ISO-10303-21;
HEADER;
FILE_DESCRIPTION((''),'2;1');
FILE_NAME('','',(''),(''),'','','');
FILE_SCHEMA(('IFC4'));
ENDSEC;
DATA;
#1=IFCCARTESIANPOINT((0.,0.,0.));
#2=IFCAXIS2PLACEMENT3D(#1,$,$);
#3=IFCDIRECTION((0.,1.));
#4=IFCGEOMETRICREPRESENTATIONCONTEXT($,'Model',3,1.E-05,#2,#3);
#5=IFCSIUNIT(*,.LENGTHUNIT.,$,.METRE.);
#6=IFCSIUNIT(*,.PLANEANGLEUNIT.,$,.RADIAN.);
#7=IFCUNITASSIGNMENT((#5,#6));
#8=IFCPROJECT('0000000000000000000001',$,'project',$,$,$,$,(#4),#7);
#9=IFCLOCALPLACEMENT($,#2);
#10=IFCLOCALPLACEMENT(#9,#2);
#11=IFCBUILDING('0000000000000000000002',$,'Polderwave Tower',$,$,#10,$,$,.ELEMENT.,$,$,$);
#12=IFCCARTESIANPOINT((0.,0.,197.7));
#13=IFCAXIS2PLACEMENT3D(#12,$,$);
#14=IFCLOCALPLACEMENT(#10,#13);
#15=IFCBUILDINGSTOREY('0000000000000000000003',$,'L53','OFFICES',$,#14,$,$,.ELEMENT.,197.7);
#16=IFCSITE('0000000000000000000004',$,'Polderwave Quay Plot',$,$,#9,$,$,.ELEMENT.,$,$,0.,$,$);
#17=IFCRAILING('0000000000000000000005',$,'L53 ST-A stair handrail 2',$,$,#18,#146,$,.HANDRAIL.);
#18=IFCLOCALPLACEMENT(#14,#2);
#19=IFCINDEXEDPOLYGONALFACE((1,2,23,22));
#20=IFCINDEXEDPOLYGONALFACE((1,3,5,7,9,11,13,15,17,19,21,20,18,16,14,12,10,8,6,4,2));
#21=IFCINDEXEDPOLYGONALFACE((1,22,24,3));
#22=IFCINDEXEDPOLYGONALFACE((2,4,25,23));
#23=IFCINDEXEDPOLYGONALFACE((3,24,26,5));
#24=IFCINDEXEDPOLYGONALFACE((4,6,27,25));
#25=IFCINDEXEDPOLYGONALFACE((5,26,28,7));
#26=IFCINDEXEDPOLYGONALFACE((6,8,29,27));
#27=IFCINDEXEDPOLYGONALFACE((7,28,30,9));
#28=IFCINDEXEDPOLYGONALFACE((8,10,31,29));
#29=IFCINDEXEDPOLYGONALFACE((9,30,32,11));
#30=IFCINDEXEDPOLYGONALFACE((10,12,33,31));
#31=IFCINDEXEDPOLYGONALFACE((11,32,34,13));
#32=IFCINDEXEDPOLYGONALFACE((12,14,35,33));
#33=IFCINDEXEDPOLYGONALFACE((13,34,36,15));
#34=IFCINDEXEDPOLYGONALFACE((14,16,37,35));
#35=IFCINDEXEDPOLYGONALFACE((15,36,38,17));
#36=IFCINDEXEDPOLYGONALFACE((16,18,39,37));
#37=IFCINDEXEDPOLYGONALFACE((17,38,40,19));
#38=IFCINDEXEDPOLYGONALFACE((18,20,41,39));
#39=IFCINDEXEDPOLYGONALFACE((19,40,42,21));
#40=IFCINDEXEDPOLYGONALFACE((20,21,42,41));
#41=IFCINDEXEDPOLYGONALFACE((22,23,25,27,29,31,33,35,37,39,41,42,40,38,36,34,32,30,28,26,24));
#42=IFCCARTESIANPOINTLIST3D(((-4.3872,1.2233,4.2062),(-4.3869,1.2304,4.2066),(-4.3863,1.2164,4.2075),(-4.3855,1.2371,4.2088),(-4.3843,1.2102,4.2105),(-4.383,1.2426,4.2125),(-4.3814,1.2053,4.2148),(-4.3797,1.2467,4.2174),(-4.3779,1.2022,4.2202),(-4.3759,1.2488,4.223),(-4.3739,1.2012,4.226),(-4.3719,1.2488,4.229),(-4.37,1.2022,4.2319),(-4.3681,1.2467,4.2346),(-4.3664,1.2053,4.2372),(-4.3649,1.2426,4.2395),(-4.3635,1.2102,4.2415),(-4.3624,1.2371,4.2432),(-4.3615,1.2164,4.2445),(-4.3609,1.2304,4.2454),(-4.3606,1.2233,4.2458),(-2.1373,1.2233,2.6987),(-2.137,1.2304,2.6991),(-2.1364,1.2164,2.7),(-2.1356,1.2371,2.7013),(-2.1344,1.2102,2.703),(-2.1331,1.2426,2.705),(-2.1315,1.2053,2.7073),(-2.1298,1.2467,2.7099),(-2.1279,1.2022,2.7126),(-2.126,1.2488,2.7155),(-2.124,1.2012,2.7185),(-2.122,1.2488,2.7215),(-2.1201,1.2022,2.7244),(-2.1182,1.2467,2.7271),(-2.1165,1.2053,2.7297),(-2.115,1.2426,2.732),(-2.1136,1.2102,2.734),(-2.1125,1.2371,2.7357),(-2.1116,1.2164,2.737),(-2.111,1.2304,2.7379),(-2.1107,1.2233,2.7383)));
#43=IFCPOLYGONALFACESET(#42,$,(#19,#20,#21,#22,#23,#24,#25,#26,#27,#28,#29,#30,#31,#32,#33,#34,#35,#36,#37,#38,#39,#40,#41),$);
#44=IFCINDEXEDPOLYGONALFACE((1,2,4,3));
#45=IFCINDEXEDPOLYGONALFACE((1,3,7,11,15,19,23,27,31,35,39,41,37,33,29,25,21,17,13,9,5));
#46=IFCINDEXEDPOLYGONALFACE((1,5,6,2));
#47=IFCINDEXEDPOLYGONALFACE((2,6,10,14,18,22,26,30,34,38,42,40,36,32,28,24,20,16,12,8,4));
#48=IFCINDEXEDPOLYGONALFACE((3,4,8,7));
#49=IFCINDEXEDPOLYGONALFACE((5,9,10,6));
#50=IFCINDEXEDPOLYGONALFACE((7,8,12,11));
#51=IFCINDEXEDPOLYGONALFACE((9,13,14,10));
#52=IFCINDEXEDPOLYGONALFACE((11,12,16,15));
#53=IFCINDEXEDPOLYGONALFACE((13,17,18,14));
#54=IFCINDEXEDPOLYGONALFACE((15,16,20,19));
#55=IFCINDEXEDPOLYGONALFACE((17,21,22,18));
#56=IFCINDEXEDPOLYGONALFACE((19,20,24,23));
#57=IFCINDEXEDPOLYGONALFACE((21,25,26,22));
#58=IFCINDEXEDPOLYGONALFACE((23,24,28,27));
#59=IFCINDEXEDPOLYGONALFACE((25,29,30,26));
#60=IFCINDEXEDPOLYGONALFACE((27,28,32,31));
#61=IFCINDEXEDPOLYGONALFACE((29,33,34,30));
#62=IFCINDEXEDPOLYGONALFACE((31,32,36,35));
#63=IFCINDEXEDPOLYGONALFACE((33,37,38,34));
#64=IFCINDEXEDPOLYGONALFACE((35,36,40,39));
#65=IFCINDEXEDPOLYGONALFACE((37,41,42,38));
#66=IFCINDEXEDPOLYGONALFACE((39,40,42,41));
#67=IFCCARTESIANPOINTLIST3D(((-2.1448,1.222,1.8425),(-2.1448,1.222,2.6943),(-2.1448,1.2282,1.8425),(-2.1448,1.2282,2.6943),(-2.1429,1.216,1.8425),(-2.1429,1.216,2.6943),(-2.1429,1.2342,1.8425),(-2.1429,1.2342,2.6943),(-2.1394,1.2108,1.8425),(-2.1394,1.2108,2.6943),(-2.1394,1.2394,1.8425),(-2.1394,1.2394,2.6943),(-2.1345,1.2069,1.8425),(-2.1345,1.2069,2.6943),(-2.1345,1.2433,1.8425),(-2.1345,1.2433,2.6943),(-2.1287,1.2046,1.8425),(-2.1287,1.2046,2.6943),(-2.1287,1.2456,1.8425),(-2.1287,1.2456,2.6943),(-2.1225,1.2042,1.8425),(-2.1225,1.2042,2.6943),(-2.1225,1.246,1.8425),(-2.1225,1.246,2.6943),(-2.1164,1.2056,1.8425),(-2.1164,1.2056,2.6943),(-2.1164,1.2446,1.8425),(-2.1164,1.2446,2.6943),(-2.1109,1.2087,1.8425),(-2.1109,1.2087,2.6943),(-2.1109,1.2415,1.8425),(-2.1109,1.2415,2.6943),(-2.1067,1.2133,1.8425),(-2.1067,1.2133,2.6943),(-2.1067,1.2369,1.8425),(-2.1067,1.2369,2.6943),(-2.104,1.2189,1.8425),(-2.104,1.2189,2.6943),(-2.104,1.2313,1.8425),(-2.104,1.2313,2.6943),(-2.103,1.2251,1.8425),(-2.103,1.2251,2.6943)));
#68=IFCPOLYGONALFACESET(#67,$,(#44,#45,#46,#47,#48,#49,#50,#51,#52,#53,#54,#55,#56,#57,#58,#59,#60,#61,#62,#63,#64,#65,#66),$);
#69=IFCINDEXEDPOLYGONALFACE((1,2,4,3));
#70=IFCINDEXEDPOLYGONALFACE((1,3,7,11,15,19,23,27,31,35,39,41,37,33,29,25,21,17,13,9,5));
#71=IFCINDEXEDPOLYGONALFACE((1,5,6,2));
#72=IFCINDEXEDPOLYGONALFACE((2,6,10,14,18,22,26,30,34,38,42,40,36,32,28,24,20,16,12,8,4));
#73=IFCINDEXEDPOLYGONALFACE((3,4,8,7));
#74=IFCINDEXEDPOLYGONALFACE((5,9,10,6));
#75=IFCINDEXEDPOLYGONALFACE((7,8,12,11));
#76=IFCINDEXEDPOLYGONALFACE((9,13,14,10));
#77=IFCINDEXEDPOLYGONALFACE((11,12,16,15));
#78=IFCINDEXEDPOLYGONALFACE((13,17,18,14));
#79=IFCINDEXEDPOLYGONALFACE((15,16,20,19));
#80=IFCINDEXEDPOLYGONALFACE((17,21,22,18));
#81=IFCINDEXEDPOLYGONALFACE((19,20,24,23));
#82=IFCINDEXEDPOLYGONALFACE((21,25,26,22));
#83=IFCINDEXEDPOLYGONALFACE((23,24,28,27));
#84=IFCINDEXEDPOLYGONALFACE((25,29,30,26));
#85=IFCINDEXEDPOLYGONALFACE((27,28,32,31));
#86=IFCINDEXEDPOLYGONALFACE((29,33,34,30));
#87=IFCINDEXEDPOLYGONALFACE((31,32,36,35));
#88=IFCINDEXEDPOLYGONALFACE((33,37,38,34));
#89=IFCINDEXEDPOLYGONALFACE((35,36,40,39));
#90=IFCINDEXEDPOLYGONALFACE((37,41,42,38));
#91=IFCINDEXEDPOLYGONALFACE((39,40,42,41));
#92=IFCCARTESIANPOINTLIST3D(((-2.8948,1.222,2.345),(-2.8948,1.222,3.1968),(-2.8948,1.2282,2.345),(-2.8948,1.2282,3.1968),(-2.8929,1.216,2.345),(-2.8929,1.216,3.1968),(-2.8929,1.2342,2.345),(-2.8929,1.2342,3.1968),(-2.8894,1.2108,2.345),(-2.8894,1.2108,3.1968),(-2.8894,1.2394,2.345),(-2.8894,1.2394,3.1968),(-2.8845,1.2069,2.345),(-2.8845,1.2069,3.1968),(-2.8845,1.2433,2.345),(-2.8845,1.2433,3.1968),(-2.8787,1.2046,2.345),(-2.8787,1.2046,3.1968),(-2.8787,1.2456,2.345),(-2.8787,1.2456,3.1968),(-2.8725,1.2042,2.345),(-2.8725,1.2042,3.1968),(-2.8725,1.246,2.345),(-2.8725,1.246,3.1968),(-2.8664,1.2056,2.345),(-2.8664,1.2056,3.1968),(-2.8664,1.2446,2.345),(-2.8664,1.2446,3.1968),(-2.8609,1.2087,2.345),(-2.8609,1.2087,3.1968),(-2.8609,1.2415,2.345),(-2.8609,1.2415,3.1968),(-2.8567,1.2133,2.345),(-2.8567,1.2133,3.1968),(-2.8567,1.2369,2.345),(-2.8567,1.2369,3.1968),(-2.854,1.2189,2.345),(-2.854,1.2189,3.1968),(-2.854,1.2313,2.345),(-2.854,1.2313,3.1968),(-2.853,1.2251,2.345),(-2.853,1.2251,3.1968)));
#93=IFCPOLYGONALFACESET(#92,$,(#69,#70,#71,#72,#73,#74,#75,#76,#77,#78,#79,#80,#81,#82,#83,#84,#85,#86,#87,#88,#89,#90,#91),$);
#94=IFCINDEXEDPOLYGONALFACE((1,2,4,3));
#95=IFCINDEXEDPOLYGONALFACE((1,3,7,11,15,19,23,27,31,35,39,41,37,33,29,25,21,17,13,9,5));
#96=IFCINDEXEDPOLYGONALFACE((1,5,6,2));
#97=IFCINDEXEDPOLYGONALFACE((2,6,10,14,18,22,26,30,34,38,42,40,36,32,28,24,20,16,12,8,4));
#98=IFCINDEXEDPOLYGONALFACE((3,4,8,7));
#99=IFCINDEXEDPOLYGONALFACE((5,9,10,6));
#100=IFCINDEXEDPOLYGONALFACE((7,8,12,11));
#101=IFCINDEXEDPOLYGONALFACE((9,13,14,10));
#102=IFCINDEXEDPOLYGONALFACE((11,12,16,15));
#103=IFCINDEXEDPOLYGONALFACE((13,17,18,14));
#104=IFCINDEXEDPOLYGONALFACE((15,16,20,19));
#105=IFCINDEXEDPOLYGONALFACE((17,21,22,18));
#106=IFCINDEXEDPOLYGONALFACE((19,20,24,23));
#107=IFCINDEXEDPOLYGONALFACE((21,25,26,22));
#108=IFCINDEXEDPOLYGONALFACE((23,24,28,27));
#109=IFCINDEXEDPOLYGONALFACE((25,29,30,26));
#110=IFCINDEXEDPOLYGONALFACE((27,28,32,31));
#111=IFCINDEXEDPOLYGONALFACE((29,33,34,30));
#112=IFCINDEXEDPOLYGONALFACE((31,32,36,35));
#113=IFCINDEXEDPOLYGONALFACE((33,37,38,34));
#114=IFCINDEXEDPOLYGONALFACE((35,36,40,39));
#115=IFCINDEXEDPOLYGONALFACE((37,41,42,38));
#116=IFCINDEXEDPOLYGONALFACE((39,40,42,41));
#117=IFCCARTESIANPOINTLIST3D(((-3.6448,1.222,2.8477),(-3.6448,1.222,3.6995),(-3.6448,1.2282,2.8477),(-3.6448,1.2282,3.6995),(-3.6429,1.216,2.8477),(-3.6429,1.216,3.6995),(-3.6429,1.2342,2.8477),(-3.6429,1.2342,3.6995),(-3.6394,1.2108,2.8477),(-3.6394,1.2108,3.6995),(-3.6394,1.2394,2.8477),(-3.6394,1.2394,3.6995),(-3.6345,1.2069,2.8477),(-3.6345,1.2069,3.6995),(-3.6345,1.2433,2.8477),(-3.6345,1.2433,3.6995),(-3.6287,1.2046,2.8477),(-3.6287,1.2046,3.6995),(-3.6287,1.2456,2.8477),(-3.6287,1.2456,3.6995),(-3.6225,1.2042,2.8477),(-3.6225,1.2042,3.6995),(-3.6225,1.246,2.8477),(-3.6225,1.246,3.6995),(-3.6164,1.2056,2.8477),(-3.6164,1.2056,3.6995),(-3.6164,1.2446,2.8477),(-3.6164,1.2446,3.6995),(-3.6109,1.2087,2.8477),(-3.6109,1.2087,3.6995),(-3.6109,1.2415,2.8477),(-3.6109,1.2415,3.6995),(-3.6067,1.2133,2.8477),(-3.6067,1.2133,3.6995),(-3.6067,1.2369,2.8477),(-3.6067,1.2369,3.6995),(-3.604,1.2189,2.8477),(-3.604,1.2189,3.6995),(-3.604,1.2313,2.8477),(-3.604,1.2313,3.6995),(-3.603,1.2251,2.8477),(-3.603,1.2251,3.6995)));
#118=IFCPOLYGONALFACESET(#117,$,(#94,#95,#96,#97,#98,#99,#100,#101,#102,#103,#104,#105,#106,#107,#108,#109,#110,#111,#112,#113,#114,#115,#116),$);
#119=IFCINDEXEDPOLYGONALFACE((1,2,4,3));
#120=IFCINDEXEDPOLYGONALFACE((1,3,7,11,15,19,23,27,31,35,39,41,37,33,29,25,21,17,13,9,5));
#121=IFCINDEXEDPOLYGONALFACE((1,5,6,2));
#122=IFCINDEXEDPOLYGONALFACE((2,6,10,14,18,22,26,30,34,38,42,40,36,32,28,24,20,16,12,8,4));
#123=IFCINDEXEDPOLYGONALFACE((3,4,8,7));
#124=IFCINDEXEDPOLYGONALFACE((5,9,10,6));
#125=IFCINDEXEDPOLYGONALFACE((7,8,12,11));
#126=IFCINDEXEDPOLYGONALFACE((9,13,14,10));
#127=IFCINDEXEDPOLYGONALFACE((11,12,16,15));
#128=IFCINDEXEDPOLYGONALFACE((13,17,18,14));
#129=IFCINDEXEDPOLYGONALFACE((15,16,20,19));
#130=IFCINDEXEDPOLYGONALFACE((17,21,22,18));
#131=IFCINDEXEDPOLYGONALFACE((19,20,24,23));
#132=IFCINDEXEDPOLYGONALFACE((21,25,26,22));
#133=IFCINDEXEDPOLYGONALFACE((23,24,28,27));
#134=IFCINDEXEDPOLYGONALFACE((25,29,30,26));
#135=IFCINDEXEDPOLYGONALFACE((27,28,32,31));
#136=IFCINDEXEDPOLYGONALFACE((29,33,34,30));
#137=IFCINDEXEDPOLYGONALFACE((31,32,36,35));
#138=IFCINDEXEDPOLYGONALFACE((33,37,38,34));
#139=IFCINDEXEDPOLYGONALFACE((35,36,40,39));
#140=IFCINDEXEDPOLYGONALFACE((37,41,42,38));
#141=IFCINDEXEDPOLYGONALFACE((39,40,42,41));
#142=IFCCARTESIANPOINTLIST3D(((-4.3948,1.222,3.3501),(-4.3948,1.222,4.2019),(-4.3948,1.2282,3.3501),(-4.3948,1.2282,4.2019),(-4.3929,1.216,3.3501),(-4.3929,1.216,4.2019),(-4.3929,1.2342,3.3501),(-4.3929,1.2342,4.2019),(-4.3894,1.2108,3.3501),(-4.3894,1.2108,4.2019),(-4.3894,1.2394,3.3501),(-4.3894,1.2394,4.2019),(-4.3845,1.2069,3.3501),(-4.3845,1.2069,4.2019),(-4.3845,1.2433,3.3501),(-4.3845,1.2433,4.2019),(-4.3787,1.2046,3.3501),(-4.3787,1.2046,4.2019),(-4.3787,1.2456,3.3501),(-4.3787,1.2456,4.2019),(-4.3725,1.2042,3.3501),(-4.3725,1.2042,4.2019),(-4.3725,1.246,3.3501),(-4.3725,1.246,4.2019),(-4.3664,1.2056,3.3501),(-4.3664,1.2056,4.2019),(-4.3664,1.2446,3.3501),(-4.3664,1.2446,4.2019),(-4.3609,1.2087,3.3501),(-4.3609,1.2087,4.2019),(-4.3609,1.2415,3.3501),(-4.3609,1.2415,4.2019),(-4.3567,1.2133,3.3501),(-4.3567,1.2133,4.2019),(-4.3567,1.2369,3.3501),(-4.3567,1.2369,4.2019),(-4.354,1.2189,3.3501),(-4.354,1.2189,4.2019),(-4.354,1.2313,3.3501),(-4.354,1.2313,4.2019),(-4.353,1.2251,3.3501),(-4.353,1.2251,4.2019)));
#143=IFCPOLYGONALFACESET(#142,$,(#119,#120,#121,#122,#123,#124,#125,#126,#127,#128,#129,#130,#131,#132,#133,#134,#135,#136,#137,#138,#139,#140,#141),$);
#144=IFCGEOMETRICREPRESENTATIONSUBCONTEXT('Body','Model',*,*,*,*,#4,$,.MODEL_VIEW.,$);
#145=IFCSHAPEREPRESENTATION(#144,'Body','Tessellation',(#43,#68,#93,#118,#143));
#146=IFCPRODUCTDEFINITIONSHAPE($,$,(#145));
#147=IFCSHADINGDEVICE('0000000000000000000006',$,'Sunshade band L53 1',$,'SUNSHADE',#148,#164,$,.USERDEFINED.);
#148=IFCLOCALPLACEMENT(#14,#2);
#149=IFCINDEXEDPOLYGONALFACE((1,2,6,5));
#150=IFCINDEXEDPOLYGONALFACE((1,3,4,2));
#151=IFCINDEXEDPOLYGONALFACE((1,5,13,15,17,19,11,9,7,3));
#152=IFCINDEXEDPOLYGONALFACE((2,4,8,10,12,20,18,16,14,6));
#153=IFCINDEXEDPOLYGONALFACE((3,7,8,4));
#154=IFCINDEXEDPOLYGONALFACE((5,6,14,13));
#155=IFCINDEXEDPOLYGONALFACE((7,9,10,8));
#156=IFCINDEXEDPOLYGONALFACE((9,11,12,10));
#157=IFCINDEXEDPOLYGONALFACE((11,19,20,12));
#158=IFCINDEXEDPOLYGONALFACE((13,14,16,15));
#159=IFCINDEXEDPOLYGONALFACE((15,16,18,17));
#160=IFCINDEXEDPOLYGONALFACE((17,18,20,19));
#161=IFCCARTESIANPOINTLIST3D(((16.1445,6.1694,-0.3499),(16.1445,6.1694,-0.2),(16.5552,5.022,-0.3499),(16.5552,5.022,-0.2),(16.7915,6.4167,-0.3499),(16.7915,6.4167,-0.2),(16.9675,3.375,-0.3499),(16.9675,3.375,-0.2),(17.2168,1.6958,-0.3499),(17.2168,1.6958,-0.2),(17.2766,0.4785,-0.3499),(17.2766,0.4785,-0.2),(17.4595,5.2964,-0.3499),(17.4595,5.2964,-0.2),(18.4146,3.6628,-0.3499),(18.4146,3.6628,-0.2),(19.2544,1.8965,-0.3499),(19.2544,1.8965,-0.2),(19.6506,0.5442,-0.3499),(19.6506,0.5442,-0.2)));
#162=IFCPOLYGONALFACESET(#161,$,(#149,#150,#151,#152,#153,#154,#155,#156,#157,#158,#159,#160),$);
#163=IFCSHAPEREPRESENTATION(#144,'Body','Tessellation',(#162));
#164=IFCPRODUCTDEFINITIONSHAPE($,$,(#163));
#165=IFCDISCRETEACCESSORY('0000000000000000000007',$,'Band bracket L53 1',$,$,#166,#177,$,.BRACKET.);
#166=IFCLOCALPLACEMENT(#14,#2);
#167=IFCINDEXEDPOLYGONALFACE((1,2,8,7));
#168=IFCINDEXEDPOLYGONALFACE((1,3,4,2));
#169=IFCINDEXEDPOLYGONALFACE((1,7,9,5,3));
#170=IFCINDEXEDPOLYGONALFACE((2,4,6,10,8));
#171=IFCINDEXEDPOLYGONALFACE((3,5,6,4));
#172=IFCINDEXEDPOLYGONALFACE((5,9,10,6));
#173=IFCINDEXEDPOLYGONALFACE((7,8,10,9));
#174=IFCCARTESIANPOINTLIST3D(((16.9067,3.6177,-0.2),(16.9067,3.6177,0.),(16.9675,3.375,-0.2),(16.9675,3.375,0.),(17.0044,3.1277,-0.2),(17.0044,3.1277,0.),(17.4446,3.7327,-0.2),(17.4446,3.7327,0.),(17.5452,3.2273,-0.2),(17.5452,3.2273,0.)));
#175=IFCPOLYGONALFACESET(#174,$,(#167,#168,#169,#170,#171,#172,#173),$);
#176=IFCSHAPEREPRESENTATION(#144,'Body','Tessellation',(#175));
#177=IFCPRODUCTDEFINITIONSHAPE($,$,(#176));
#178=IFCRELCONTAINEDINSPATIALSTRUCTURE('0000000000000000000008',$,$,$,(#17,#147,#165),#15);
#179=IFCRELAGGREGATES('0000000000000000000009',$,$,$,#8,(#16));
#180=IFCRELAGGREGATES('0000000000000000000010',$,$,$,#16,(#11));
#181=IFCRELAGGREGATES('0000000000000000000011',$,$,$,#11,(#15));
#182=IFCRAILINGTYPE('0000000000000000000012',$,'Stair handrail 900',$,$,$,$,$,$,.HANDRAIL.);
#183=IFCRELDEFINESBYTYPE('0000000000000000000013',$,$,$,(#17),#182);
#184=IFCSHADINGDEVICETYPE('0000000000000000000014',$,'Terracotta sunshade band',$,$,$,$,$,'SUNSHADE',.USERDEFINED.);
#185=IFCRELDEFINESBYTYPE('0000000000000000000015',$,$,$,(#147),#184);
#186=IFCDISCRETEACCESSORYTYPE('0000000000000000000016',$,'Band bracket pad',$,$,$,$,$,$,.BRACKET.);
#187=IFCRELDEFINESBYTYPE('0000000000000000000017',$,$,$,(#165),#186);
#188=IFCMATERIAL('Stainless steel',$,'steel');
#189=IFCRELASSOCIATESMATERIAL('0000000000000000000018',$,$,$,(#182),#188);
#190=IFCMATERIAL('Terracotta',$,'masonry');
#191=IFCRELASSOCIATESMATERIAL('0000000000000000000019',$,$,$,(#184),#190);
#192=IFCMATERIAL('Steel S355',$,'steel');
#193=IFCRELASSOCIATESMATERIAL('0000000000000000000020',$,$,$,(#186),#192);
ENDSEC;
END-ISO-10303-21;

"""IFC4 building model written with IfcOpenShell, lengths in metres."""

from ifc_helpers import new_model, si_unit, direction, frame, origin, origin_2d, place, context, subcontext, project, spatial, polyline, circle, outline, extrude, material, type_object, element, save


model = new_model("IFC4")

# Units and contexts
model_context = context("Model", 3, precision=1e-05, world=origin(), true_north=direction((0.0, 1.0)))
body_context = subcontext(model_context, "Body", "Model", "MODEL_VIEW")
ifc_project = project(units=[si_unit("LENGTHUNIT", "METRE"), si_unit("PLANEANGLEUNIT", "RADIAN")], contexts=[model_context])

# Site, building, storey
site_placement = place(None, origin())
site = spatial("IfcSite", under=ifc_project, at=site_placement, Name="Polderwave Quay Plot", CompositionType="ELEMENT", RefElevation=0.0)
building_placement = place(site_placement, origin())
building = spatial("IfcBuilding", under=site, at=building_placement, Name="Polderwave Tower", CompositionType="ELEMENT")
storey_placement = place(building_placement, frame((0.0, 0.0, 197.7)))
storey = spatial("IfcBuildingStorey", under=building, at=storey_placement, Name="L53", Description="OFFICES", CompositionType="ELEMENT", Elevation=197.7)

# Shared definitions
ifc_material_1 = material(Name="Stainless steel", Category="steel")

# Railing
railing_type_1 = type_object("IfcRailingType", Name="Stair handrail 900", PredefinedType="HANDRAIL", material=ifc_material_1)
railing_1_placement = place(storey_placement, frame((-2.124, 1.2251, 1.8425)))
element("IfcRailing", 1, at=railing_1_placement, inside=storey, type_object=railing_type_1, Name="L53 ST-A stair handrail 2", PredefinedType="HANDRAIL", context=body_context, shape_type="SweptSolid", body=[
    extrude(circle(Radius=0.0239, at=origin_2d()), frame((0.0, 0.0, 0.876), z_axis=(-0.830758, 0.0, 0.556633), x_axis=(0.0, -1.0, 0.0)), (0.0, 0.0, 1.0), 2.7083),
    extrude(circle(Radius=0.021, at=origin_2d()), origin(), (0.0, 0.0, 1.0), 0.8518),
    extrude(circle(Radius=0.021, at=origin_2d()), frame((-0.75, 0.0, 0.5024)), (0.0, 0.0, 1.0), 0.8518),
    extrude(circle(Radius=0.021, at=origin_2d()), frame((-1.5, 0.0, 1.0051)), (0.0, 0.0, 1.0), 0.8518),
    extrude(circle(Radius=0.021, at=origin_2d()), frame((-2.25, 0.0, 1.5076)), (0.0, 0.0, 1.0), 0.8518),
])

# Shading device
ifc_material_2 = material(Name="Terracotta", Category="masonry")
shading_device_type = type_object("IfcShadingDeviceType", Name="Terracotta sunshade band", ElementType="SUNSHADE", PredefinedType="USERDEFINED", material=ifc_material_2)
shading_device_placement = place(storey_placement, frame((0.0, 0.0, -0.3499)))
element("IfcShadingDevice", 2, at=shading_device_placement, inside=storey, type_object=shading_device_type, Name="Sunshade band L53 1", ObjectType="SUNSHADE", PredefinedType="USERDEFINED", context=body_context, shape_type="SweptSolid", body=[
    extrude(outline(polyline([(17.2766, 0.4785), (17.2168, 1.6958), (16.9675, 3.375), (16.5552, 5.022), (16.1445, 6.1694), (16.7915, 6.4167), (17.4595, 5.2964), (18.4146, 3.6628), (19.2544, 1.8965), (19.6506, 0.5442), (17.2766, 0.4785)])), origin(), (0.0, 0.0, 1.0), 0.1499),
])

# Discrete accessory
ifc_material_3 = material(Name="Steel S355", Category="steel")
discrete_accessory_type = type_object("IfcDiscreteAccessoryType", Name="Band bracket pad", PredefinedType="BRACKET", material=ifc_material_3)
discrete_accessory_placement = place(storey_placement, frame((0.0, 0.0, -0.2)))
element("IfcDiscreteAccessory", 3, at=discrete_accessory_placement, inside=storey, type_object=discrete_accessory_type, Name="Band bracket L53 1", PredefinedType="BRACKET", context=body_context, shape_type="SweptSolid", body=[
    extrude(outline(polyline([(17.0044, 3.1277), (16.9675, 3.375), (16.9067, 3.6177), (17.4446, 3.7327), (17.5452, 3.2273), (17.0044, 3.1277)])), origin(), (0.0, 0.0, 1.0), 0.2),
])

save(model, "model.ifc")
